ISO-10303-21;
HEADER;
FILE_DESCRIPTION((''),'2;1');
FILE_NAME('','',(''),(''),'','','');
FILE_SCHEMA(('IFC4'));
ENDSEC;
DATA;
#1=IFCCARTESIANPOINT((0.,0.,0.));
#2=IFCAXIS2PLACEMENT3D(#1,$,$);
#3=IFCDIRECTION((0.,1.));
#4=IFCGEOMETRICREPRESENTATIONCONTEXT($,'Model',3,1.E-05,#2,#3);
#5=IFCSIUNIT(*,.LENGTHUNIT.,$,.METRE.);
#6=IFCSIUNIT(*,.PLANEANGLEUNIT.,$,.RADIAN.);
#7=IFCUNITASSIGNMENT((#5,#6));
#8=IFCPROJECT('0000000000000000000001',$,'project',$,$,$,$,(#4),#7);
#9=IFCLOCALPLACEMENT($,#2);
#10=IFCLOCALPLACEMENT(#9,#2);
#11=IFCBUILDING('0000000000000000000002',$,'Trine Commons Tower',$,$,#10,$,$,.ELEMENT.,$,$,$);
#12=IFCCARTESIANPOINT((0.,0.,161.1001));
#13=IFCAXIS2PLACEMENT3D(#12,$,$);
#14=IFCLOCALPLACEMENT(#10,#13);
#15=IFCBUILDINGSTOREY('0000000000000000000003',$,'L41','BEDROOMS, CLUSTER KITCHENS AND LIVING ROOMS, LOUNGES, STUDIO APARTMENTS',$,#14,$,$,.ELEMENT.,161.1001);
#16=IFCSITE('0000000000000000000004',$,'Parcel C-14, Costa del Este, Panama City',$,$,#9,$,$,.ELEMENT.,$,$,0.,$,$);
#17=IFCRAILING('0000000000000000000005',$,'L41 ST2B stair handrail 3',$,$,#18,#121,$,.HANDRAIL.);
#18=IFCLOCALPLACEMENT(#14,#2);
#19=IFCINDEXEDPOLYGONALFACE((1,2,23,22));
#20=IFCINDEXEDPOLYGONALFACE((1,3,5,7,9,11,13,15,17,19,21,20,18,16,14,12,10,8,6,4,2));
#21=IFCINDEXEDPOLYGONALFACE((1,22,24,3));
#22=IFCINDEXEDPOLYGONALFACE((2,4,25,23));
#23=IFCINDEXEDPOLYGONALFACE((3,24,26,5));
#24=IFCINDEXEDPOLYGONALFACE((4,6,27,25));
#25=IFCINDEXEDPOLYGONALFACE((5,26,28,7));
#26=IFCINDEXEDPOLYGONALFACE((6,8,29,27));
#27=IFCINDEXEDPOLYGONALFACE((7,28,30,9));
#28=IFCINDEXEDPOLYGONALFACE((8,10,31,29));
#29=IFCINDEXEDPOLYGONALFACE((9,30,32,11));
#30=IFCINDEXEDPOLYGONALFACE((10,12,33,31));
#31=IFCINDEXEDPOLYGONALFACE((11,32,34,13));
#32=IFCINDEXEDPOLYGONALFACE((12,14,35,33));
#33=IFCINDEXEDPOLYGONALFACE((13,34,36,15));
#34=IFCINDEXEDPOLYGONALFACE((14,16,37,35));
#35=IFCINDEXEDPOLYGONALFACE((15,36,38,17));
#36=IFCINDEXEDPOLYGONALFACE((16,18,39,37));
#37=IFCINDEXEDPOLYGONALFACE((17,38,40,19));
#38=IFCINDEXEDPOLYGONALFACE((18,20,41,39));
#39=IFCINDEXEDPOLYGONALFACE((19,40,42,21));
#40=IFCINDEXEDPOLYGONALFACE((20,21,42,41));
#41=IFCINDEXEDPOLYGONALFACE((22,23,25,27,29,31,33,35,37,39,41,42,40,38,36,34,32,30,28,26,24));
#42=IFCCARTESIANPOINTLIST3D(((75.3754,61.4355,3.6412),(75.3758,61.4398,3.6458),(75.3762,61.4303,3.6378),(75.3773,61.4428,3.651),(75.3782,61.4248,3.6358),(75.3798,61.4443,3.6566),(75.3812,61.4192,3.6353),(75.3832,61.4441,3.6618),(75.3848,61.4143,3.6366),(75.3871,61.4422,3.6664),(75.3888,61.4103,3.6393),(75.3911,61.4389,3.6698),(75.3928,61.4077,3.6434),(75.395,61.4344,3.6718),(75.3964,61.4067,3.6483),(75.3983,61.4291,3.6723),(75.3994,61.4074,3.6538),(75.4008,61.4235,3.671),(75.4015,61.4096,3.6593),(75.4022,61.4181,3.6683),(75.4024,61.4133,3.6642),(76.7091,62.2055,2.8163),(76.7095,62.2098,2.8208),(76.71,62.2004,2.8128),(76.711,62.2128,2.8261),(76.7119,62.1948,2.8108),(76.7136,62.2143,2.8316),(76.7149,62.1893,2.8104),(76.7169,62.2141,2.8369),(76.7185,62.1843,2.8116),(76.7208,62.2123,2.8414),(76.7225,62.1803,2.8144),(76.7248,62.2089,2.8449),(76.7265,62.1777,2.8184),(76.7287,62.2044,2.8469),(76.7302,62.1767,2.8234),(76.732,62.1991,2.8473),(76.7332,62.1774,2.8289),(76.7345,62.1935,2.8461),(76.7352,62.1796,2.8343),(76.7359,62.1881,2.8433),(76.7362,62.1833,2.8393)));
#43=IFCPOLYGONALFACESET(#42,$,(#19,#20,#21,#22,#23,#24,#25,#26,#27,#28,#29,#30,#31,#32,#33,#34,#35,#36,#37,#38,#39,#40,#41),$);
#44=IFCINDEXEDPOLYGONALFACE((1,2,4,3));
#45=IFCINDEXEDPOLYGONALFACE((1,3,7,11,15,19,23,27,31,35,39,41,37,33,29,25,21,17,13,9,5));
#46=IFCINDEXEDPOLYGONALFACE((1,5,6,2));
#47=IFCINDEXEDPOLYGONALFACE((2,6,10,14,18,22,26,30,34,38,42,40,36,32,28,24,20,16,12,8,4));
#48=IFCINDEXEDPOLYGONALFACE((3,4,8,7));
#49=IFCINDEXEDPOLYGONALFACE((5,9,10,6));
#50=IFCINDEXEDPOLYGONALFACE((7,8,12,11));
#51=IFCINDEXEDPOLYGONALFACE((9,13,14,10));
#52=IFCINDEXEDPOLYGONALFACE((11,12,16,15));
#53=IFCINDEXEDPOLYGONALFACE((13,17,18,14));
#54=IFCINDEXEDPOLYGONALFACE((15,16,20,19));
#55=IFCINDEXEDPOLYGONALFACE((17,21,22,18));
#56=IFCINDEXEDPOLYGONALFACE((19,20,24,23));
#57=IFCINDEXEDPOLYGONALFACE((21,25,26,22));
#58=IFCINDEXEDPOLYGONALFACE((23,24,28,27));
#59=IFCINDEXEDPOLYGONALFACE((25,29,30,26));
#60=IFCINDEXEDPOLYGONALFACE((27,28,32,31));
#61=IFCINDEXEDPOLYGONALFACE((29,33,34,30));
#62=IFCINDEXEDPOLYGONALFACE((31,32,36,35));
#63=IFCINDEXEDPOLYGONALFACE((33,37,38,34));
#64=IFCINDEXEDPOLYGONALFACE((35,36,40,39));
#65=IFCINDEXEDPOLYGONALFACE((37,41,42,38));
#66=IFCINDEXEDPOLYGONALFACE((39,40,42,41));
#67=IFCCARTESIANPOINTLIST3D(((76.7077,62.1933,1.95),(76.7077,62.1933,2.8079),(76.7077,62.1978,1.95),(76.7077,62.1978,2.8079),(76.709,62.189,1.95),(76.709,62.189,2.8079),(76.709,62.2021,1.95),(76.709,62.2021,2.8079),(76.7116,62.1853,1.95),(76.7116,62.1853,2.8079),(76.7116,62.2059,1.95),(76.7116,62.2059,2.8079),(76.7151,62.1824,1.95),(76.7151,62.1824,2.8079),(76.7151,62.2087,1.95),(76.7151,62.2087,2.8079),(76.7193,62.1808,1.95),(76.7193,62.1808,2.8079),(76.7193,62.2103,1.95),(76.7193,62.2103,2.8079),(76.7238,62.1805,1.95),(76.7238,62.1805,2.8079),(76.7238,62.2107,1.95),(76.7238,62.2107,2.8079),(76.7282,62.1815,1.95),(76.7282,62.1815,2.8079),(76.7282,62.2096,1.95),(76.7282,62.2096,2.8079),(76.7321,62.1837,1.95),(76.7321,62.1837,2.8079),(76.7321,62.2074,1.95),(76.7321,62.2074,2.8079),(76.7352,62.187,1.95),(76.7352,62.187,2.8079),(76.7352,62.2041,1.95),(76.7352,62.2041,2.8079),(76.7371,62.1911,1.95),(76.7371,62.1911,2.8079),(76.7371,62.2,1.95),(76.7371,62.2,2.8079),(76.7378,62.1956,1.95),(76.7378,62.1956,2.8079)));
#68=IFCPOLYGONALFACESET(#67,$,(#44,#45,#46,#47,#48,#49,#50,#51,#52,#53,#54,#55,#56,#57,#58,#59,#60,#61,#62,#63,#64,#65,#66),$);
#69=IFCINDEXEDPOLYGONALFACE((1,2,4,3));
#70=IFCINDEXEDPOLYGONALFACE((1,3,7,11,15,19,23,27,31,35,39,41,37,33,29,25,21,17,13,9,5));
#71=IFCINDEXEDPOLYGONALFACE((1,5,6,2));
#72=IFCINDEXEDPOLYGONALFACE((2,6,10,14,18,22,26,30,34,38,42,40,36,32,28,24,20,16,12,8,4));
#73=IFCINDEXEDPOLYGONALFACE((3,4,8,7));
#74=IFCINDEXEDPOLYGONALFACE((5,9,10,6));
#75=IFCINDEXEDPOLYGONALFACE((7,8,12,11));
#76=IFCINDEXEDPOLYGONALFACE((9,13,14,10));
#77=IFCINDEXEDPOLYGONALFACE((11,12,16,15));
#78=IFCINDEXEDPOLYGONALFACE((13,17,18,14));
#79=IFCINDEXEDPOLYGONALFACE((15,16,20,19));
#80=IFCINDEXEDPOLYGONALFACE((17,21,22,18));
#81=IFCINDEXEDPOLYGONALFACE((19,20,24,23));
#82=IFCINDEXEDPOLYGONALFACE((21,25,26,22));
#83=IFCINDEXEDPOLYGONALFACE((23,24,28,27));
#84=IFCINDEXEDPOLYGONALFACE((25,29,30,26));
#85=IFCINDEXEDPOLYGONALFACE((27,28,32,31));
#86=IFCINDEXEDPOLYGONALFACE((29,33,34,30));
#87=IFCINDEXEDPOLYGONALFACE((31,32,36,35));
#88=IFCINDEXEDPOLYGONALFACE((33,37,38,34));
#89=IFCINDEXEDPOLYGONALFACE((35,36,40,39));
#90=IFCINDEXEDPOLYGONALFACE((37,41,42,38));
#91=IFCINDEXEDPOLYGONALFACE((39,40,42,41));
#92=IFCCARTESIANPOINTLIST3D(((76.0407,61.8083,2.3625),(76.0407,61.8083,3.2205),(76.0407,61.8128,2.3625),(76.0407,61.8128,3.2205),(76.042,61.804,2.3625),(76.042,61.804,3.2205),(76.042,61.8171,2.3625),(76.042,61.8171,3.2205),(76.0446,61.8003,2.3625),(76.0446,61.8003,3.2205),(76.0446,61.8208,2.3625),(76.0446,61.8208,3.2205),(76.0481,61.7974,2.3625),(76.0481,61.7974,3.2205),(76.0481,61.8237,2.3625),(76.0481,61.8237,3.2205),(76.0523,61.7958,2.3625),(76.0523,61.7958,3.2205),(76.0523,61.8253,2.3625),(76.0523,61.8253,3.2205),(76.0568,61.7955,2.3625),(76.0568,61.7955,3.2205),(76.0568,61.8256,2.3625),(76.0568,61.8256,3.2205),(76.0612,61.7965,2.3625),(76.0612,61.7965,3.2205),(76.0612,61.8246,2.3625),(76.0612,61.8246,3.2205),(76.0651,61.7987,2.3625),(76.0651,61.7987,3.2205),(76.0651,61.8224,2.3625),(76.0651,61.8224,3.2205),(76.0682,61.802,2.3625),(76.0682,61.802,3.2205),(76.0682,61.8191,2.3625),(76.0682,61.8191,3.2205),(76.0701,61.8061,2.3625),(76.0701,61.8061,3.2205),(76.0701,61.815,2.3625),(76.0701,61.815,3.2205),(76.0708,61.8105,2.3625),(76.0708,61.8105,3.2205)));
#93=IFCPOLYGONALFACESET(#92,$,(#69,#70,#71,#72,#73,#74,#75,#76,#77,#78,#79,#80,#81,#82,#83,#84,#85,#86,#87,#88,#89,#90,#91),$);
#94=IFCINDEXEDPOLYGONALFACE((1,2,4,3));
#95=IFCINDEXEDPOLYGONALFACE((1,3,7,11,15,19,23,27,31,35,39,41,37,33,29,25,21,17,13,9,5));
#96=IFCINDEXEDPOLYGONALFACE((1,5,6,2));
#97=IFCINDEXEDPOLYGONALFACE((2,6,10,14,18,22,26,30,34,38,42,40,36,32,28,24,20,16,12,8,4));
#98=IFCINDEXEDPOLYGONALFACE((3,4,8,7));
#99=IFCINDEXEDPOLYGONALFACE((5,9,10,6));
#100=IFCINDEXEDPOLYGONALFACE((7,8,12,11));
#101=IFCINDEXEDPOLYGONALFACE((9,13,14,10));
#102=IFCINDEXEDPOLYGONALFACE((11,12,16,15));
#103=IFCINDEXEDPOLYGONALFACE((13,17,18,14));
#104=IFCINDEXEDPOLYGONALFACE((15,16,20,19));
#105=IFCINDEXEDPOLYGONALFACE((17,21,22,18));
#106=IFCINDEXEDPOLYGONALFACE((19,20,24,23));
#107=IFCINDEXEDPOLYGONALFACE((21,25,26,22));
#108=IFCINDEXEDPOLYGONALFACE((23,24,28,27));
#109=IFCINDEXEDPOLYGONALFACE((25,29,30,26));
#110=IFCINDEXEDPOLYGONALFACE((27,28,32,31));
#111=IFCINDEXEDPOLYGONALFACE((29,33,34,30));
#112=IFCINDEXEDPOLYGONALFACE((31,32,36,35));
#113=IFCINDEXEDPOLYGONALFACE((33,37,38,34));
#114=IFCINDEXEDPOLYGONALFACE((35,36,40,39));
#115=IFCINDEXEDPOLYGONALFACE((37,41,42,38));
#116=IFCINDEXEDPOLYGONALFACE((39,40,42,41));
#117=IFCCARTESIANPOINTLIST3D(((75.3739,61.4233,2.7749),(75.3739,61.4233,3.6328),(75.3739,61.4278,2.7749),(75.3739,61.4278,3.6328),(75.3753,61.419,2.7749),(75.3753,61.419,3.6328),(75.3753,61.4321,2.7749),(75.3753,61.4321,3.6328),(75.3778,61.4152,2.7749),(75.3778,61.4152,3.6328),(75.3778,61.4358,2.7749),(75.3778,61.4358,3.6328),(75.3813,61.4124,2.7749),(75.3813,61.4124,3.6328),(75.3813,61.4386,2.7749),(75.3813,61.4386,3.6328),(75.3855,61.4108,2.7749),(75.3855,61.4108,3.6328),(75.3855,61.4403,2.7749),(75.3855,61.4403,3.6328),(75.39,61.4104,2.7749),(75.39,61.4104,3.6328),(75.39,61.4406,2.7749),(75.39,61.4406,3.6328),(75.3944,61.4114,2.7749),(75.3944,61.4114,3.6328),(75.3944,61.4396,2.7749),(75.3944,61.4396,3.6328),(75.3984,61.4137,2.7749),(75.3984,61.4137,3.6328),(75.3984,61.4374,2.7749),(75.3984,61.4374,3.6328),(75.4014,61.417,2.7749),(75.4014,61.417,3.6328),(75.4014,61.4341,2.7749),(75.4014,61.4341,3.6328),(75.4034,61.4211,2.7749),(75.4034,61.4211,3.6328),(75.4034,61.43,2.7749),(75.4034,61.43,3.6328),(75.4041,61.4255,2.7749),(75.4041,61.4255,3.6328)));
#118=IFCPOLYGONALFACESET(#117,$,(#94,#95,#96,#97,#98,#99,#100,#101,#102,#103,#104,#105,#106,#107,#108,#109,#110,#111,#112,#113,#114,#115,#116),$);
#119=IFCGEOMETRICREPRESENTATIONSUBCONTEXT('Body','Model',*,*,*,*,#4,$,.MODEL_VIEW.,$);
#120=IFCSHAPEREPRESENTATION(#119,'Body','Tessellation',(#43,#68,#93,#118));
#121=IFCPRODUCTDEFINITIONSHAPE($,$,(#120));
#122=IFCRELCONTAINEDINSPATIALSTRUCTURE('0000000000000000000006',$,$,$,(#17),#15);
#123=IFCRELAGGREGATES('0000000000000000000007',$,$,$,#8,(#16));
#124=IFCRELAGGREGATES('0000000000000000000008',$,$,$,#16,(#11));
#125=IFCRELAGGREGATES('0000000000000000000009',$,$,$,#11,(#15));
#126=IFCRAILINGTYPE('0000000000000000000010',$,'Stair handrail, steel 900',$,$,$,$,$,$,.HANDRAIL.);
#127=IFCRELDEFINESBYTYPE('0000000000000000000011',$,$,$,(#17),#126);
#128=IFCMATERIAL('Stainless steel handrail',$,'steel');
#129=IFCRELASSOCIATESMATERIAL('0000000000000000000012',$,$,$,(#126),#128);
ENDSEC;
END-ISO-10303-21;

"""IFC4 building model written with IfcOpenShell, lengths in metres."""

from ifc_helpers import new_model, si_unit, direction, frame, origin, origin_2d, place, context, subcontext, project, spatial, circle, extrude, material, type_object, element, save


model = new_model("IFC4")

# Units and contexts
model_context = context("Model", 3, precision=1e-05, world=origin(), true_north=direction((0.0, 1.0)))
body_context = subcontext(model_context, "Body", "Model", "MODEL_VIEW")
ifc_project = project(units=[si_unit("LENGTHUNIT", "METRE"), si_unit("PLANEANGLEUNIT", "RADIAN")], contexts=[model_context])

# Site, building, storey
site_placement = place(None, origin())
site = spatial("IfcSite", under=ifc_project, at=site_placement, Name="Parcel C-14, Costa del Este, Panama City", CompositionType="ELEMENT", RefElevation=0.0)
building_placement = place(site_placement, origin())
building = spatial("IfcBuilding", under=site, at=building_placement, Name="Trine Commons Tower", CompositionType="ELEMENT")
storey_placement = place(building_placement, frame((0.0, 0.0, 161.1001)))
storey = spatial("IfcBuildingStorey", under=building, at=storey_placement, Name="L41", Description="BEDROOMS, CLUSTER KITCHENS AND LIVING ROOMS, LOUNGES, STUDIO APARTMENTS", CompositionType="ELEMENT", Elevation=161.1001)

# Railing
ifc_material_1 = material(Name="Stainless steel handrail", Category="steel")
railing_type_1 = type_object("IfcRailingType", Name="Stair handrail, steel 900", PredefinedType="HANDRAIL", material=ifc_material_1)
railing_1_placement = place(storey_placement, frame((76.7227, 62.1956, 1.95)))
element("IfcRailing", 1, at=railing_1_placement, inside=storey, type_object=railing_type_1, Name="L41 ST2B stair handrail 3", PredefinedType="HANDRAIL", context=body_context, shape_type="SweptSolid", body=[
    extrude(circle(Radius=0.021, at=origin_2d()), frame((0.0, 0.0, 0.8789), z_axis=(-0.763405, -0.440743, 0.472185), x_axis=(0.499992, -0.86603, 0.0)), (0.0, 0.0, 1.0), 1.7471),
    extrude(circle(Radius=0.0151, at=origin_2d()), origin(), (0.0, 0.0, 1.0), 0.8579),
    extrude(circle(Radius=0.0151, at=origin_2d()), frame((-0.667, -0.385, 0.4126)), (0.0, 0.0, 1.0), 0.8579),
    extrude(circle(Radius=0.0151, at=origin_2d()), frame((-1.3337, -0.77, 0.825)), (0.0, 0.0, 1.0), 0.8579),
])

save(model, "model.ifc")
